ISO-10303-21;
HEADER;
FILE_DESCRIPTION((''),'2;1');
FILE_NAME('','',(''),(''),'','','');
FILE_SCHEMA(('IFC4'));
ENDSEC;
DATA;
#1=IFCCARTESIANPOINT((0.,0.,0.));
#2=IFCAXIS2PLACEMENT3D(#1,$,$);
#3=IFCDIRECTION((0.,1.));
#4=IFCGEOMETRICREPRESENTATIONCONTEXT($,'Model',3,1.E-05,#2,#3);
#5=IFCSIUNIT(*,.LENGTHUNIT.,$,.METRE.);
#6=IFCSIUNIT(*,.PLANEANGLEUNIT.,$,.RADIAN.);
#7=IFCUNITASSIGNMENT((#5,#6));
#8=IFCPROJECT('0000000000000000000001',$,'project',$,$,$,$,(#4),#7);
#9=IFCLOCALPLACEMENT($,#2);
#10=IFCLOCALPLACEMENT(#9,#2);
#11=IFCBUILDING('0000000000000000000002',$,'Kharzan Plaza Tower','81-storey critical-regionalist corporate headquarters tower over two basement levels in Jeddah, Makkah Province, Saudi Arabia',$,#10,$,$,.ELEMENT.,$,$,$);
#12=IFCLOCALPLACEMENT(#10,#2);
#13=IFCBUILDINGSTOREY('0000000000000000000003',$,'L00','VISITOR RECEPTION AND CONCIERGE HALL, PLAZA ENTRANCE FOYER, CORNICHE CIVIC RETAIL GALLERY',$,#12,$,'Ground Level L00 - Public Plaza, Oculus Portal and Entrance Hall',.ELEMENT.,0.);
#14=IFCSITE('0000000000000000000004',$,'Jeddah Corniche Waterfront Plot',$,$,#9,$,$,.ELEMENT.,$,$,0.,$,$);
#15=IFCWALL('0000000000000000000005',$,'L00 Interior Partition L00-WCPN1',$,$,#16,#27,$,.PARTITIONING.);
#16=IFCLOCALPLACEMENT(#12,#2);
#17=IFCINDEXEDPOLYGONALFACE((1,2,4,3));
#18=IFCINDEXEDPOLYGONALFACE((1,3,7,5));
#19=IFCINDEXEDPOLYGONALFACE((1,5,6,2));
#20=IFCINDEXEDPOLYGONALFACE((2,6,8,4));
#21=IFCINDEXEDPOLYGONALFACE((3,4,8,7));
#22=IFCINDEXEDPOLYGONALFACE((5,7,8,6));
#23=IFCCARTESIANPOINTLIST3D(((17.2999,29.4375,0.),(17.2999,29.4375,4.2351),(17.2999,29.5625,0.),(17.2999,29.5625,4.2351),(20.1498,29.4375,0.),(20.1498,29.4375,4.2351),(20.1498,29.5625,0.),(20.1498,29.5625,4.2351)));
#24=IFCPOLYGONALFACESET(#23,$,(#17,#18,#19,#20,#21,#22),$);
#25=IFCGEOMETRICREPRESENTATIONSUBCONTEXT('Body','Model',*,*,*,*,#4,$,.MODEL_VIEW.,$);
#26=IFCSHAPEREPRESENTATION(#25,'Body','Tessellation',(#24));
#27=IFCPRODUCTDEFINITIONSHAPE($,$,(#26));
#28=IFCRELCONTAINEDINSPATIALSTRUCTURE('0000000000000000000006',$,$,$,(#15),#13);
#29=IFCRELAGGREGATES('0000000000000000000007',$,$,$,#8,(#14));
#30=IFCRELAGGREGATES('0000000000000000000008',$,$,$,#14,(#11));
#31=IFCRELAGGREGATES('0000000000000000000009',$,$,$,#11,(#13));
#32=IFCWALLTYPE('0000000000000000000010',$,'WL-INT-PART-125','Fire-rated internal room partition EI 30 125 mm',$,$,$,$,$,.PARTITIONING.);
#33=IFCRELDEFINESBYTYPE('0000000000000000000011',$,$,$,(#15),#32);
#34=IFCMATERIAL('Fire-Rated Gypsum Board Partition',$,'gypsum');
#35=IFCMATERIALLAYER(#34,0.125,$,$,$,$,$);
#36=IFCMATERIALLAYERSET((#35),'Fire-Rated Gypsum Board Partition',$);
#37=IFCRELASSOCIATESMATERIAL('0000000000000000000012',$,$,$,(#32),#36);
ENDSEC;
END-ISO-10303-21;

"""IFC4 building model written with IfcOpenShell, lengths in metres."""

from ifc_helpers import new_model, si_unit, direction, frame, frame_2d, origin, place, context, subcontext, project, spatial, rectangle, extrude, source, transform, mapped, material, layer, layer_set, type_object, element, save


model = new_model("IFC4")

# Units and contexts
model_context = context("Model", 3, precision=1e-05, world=origin(), true_north=direction((0.0, 1.0)))
body_context = subcontext(model_context, "Body", "Model", "MODEL_VIEW")
ifc_project = project(units=[si_unit("LENGTHUNIT", "METRE"), si_unit("PLANEANGLEUNIT", "RADIAN")], contexts=[model_context])

# Site, building, storey
site_placement = place(None, origin())
site = spatial("IfcSite", under=ifc_project, at=site_placement, Name="Jeddah Corniche Waterfront Plot", CompositionType="ELEMENT", RefElevation=0.0)
building_placement = place(site_placement, origin())
building = spatial("IfcBuilding", under=site, at=building_placement, Name="Kharzan Plaza Tower", Description="81-storey critical-regionalist corporate headquarters tower over two basement levels in Jeddah, Makkah Province, Saudi Arabia", CompositionType="ELEMENT")
storey_placement = place(building_placement, origin())
storey = spatial("IfcBuildingStorey", under=building, at=storey_placement, Name="L00", Description="VISITOR RECEPTION AND CONCIERGE HALL, PLAZA ENTRANCE FOYER, CORNICHE CIVIC RETAIL GALLERY", LongName="Ground Level L00 - Public Plaza, Oculus Portal and Entrance Hall", CompositionType="ELEMENT", Elevation=0.0)

# Shared definitions
ifc_material_1 = material(Name="Fire-Rated Gypsum Board Partition", Category="gypsum")
ifc_layer_1 = layer(ifc_material_1, 0.125)
ifc_layer_set_1 = layer_set([ifc_layer_1], Name="Fire-Rated Gypsum Board Partition")
wall_type_1 = type_object("IfcWallType", Name="WL-INT-PART-125", Description="Fire-rated internal room partition EI 30 125 mm", PredefinedType="PARTITIONING", material=ifc_layer_set_1)

# Wall
shared_shape_1 = source(origin(), body_context, "Body", "SweptSolid", [
    extrude(rectangle(XDim=2.8499, YDim=0.125, at=frame_2d((1.4248, 0.0))), origin(), (0.0, 0.0, 1.0), 4.2351),
])
wall_1_placement = place(storey_placement, frame((17.3, 29.5, 0.0), z_axis=(0.0, 0.0, 1.0), x_axis=(1.0, 0.0, 0.0)))
element("IfcWall", 1, at=wall_1_placement, inside=storey, type_object=wall_type_1, Name="L00 Interior Partition L00-WCPN1", PredefinedType="PARTITIONING", context=body_context, shape_type="MappedRepresentation", body=[
    mapped(shared_shape_1, transform((0.0, 0.0, 0.0), x_axis=(1.0, 0.0, 0.0), y_axis=(0.0, 1.0, 0.0), z_axis=(0.0, 0.0, 1.0))),
])

save(model, "model.ifc")
